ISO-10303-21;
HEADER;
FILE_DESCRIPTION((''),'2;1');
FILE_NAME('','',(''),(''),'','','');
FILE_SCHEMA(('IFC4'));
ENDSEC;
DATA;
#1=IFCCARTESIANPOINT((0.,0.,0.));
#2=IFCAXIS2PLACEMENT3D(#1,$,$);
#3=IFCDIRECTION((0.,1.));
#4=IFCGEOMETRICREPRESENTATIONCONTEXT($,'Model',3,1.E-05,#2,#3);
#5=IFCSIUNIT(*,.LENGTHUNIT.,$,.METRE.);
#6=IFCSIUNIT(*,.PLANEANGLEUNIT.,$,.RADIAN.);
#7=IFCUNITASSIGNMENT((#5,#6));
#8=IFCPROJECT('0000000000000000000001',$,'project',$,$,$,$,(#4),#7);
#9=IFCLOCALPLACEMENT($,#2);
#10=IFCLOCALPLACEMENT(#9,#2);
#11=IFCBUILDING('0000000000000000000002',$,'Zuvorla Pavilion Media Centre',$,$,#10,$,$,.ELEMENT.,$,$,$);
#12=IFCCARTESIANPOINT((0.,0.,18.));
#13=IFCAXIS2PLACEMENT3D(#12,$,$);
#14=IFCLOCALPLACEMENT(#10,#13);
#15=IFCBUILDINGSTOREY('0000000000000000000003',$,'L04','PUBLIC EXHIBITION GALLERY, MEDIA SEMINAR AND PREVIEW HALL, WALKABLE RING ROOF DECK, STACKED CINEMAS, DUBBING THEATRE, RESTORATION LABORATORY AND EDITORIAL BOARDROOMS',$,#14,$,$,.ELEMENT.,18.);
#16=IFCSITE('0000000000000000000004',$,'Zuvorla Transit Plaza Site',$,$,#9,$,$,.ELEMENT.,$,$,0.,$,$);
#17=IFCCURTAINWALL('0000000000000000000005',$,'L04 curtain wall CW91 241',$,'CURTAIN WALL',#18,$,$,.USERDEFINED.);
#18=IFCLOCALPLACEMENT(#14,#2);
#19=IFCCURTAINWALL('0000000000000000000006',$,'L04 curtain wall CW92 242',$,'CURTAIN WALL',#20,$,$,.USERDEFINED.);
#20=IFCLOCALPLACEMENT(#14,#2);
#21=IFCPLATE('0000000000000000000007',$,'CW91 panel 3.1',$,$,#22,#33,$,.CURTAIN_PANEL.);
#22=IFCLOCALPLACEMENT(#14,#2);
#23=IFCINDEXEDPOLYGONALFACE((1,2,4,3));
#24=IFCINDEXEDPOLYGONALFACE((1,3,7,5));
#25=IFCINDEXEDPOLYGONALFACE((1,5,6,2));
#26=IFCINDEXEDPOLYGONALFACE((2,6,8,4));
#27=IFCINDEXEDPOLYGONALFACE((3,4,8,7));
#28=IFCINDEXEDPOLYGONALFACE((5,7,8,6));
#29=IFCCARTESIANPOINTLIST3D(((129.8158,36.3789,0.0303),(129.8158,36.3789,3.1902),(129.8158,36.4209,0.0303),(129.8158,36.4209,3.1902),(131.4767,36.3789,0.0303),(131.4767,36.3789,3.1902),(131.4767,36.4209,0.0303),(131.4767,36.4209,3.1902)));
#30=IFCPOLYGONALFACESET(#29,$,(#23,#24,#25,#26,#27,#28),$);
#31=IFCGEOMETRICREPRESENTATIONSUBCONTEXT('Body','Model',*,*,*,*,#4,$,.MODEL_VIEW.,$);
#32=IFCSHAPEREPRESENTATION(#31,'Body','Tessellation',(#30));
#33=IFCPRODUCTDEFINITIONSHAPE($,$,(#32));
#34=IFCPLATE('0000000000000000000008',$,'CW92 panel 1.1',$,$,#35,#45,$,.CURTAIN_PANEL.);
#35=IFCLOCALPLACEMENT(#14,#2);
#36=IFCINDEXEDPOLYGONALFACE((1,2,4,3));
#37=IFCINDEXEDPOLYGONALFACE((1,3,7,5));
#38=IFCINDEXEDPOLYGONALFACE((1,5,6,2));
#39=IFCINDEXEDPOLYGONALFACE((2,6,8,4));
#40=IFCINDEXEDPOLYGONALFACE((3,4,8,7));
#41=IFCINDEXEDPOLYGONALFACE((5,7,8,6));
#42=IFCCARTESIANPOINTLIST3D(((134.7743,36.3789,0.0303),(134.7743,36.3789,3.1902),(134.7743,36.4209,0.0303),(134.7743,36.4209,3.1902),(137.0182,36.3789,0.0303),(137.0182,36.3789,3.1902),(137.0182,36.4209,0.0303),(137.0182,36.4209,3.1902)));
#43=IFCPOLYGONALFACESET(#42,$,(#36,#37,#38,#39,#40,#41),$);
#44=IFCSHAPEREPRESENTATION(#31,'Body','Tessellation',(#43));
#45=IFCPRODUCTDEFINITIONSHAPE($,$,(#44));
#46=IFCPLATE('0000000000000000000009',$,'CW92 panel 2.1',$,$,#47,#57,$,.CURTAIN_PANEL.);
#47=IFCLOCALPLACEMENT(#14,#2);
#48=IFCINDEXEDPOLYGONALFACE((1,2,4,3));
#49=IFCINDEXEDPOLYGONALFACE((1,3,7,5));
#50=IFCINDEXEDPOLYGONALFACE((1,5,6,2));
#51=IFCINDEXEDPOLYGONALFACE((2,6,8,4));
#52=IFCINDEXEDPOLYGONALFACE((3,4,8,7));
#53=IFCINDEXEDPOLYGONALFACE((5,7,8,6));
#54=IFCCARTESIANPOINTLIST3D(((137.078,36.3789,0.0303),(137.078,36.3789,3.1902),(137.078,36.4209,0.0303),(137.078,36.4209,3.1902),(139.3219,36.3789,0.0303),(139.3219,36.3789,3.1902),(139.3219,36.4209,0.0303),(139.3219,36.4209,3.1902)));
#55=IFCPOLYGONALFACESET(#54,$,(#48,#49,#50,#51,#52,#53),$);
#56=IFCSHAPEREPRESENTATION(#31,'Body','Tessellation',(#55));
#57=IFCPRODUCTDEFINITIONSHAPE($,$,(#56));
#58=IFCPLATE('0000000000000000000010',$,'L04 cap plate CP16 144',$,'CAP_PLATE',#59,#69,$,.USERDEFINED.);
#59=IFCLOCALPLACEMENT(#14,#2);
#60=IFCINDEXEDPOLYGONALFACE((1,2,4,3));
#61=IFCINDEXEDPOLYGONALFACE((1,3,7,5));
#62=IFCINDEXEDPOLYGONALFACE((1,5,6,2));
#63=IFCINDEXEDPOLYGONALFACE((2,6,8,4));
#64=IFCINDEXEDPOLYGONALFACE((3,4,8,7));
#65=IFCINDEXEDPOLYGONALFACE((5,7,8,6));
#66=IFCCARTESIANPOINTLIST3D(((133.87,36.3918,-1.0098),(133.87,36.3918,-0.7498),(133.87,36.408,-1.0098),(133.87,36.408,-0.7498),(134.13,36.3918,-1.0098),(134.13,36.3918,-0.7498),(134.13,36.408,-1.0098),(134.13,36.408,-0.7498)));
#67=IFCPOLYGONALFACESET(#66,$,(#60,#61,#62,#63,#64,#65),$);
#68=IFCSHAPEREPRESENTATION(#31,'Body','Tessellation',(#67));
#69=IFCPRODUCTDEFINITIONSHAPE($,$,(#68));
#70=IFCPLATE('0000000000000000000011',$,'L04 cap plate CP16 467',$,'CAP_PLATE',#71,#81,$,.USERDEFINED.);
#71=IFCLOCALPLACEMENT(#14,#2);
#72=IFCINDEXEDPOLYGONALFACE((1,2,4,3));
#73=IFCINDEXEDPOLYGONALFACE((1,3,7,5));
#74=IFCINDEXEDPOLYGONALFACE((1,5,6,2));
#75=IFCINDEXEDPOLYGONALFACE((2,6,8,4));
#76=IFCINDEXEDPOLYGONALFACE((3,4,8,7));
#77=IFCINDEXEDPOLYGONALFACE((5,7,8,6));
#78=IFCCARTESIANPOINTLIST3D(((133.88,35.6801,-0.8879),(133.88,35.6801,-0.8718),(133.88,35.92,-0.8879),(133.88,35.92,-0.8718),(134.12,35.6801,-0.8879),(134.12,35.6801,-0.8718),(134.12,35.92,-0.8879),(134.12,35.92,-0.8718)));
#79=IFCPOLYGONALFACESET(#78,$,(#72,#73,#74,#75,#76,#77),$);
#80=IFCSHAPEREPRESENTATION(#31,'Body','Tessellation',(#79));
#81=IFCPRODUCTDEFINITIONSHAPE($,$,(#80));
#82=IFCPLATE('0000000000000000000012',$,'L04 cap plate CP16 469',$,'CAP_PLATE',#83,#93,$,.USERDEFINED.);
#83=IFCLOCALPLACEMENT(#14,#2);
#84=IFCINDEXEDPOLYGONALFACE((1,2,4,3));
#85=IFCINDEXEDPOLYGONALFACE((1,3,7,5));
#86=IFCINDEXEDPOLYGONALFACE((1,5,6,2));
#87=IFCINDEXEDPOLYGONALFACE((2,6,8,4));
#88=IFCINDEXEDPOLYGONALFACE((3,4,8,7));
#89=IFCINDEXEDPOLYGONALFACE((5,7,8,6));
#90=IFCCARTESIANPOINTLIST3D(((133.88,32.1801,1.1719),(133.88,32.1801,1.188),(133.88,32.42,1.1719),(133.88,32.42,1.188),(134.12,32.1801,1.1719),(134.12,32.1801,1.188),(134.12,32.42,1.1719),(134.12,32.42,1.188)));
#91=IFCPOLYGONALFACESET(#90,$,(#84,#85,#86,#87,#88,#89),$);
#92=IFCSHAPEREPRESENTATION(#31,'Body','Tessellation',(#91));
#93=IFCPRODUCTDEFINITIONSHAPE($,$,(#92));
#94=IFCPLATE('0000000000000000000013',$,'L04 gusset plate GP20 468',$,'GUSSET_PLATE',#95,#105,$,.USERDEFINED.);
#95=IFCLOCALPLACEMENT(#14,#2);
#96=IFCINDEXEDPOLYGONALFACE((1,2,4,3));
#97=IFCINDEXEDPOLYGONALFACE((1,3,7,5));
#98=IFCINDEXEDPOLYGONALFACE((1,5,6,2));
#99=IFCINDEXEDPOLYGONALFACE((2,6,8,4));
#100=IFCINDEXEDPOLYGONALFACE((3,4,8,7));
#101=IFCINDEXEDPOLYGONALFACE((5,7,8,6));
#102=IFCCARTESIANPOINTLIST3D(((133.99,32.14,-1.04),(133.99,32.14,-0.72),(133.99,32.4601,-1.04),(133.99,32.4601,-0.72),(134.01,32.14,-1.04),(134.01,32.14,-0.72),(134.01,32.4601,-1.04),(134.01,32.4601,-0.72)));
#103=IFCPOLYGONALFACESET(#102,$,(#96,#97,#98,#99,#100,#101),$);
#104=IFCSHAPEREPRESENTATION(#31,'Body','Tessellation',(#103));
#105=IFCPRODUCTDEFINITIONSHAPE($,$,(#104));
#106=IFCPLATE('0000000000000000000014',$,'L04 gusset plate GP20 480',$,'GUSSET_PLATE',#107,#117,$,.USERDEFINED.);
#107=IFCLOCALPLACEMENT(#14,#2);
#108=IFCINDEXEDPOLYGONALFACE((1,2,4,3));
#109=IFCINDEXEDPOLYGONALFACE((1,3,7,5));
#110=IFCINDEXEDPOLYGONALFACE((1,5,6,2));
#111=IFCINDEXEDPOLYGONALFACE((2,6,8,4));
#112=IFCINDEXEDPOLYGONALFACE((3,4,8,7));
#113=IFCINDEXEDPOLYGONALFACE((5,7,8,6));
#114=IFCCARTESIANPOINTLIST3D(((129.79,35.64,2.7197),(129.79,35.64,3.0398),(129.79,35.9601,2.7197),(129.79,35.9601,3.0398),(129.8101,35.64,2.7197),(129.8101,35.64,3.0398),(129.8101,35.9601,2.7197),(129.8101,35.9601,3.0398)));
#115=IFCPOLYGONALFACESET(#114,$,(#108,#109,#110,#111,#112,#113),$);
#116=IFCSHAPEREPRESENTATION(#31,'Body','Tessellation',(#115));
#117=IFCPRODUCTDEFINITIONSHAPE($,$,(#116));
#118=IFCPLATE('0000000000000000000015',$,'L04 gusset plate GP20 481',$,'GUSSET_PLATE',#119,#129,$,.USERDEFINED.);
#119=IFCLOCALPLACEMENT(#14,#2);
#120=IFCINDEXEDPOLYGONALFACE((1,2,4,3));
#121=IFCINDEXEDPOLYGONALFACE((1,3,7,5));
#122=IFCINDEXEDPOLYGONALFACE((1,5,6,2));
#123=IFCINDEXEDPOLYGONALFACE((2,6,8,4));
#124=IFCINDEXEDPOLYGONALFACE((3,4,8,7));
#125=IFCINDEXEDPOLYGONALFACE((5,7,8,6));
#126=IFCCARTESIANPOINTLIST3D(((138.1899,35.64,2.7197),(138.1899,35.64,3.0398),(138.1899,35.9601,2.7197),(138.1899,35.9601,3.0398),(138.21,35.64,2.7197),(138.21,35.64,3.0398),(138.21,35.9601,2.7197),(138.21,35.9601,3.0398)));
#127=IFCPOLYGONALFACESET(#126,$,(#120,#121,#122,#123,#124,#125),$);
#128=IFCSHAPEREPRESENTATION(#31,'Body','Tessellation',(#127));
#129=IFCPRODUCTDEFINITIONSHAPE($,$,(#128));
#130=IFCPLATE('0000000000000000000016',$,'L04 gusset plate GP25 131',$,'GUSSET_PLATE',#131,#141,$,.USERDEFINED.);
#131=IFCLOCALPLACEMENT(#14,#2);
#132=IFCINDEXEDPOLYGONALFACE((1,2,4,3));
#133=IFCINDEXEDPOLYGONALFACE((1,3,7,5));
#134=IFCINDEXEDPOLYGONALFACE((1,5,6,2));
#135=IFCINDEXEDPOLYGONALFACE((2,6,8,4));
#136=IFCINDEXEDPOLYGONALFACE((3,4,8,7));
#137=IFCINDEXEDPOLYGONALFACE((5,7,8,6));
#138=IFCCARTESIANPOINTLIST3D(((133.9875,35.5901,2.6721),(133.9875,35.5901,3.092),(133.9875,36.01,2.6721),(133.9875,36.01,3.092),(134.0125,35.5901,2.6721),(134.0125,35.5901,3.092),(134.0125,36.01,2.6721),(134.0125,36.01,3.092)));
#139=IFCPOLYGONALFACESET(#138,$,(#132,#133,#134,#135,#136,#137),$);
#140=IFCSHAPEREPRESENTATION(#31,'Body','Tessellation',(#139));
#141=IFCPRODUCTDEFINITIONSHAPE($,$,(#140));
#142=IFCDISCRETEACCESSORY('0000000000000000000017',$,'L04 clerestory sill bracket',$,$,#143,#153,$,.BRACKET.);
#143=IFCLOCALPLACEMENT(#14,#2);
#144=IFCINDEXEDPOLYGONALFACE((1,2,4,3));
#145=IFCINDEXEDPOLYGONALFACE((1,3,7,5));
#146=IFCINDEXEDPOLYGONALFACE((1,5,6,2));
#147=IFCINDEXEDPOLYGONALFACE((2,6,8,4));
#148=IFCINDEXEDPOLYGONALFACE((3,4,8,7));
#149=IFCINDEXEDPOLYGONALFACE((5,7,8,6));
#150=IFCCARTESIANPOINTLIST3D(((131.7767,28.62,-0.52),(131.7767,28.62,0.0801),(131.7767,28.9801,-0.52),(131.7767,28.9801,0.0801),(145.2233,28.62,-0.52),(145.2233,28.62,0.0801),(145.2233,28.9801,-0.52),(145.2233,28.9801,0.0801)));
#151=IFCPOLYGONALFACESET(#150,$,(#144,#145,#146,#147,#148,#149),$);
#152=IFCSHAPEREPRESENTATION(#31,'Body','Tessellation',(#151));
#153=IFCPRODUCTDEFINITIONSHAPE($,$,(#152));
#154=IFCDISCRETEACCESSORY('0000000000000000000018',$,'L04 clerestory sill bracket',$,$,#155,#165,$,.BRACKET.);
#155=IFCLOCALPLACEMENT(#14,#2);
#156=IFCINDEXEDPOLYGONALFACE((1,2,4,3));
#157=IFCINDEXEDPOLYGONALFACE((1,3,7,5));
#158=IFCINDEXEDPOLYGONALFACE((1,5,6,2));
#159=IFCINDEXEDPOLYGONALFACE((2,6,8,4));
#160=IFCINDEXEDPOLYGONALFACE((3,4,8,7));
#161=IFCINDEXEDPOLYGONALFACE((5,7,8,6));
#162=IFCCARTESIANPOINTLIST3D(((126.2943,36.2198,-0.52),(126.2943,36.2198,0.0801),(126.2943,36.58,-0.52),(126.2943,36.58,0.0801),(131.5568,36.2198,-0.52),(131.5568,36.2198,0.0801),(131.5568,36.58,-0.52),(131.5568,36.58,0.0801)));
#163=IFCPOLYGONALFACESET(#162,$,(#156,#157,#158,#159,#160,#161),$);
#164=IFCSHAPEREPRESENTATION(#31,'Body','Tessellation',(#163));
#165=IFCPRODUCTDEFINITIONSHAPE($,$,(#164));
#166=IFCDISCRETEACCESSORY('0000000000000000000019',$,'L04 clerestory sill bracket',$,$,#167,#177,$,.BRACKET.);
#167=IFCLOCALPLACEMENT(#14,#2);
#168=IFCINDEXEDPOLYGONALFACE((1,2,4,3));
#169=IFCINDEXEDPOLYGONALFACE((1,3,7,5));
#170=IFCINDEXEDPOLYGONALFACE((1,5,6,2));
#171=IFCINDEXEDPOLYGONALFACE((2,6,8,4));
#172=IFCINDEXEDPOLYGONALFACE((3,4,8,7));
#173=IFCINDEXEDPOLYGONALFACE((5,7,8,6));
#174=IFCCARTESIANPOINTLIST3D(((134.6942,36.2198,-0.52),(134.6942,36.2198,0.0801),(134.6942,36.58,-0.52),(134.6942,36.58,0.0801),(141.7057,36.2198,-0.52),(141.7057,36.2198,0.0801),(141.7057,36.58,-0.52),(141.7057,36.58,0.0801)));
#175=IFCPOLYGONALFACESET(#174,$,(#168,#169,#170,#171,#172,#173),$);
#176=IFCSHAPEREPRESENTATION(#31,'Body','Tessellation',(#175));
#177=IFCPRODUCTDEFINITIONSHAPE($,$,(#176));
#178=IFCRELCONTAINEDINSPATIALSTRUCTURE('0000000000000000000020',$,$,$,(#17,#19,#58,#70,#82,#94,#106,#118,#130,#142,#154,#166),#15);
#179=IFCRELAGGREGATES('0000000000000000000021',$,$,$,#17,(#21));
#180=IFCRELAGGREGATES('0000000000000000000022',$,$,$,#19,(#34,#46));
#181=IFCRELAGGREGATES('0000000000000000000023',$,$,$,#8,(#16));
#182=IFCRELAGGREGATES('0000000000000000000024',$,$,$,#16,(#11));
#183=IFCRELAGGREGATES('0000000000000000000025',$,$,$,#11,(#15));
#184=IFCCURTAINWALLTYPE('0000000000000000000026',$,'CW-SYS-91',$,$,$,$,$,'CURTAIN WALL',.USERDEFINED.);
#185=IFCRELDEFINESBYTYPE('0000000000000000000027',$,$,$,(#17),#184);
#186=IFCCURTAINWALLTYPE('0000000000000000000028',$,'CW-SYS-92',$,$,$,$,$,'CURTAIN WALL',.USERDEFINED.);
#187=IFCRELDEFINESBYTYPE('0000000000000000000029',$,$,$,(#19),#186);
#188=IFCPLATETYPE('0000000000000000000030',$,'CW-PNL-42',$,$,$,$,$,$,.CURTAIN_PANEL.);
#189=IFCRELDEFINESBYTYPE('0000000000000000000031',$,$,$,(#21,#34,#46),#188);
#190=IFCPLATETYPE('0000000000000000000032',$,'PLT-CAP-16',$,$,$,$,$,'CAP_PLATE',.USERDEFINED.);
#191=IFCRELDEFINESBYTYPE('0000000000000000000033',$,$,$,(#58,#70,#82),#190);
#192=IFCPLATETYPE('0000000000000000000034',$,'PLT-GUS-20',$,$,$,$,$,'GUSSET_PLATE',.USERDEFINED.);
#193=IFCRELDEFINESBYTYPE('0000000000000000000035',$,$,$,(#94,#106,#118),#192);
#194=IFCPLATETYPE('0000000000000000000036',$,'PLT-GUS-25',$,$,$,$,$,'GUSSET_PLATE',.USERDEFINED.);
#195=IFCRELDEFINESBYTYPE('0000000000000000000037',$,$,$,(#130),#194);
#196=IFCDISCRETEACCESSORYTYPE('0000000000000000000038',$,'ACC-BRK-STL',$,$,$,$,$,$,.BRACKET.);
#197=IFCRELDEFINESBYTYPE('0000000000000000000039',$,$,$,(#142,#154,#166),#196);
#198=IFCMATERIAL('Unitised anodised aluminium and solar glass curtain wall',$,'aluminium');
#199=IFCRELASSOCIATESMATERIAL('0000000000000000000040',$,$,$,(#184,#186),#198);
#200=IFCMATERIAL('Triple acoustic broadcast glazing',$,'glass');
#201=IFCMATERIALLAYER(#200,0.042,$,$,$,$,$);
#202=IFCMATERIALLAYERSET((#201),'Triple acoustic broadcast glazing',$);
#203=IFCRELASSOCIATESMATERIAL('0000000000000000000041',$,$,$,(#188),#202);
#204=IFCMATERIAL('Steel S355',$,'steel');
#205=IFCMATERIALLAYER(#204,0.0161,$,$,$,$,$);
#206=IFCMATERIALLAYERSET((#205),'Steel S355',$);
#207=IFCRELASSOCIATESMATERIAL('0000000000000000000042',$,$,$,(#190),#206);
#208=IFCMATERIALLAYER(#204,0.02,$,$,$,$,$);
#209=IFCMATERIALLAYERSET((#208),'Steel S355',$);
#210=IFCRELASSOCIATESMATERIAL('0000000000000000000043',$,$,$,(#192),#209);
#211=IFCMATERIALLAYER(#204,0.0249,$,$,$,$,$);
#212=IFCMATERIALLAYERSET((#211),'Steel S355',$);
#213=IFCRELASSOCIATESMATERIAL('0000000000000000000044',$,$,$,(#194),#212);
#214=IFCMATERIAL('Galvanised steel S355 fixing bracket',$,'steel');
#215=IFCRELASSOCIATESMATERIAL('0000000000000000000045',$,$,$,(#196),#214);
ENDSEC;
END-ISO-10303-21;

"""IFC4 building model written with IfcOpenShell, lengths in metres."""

from ifc_helpers import new_model, si_unit, direction, frame, origin, origin_2d, place, context, subcontext, project, spatial, rectangle, extrude, material, layer, layer_set, type_object, element, aggregate, save


model = new_model("IFC4")

# Units and contexts
model_context = context("Model", 3, precision=1e-05, world=origin(), true_north=direction((0.0, 1.0)))
body_context = subcontext(model_context, "Body", "Model", "MODEL_VIEW")
ifc_project = project(units=[si_unit("LENGTHUNIT", "METRE"), si_unit("PLANEANGLEUNIT", "RADIAN")], contexts=[model_context])

# Site, building, storey
site_placement = place(None, origin())
site = spatial("IfcSite", under=ifc_project, at=site_placement, Name="Zuvorla Transit Plaza Site", CompositionType="ELEMENT", RefElevation=0.0)
building_placement = place(site_placement, origin())
building = spatial("IfcBuilding", under=site, at=building_placement, Name="Zuvorla Pavilion Media Centre", CompositionType="ELEMENT")
storey_placement = place(building_placement, frame((0.0, 0.0, 18.0)))
storey = spatial("IfcBuildingStorey", under=building, at=storey_placement, Name="L04", Description="PUBLIC EXHIBITION GALLERY, MEDIA SEMINAR AND PREVIEW HALL, WALKABLE RING ROOF DECK, STACKED CINEMAS, DUBBING THEATRE, RESTORATION LABORATORY AND EDITORIAL BOARDROOMS", CompositionType="ELEMENT", Elevation=18.0)

# Curtain walls
ifc_material_1 = material(Name="Unitised anodised aluminium and solar glass curtain wall", Category="aluminium")
curtain_wall_type_1 = type_object("IfcCurtainWallType", Name="CW-SYS-91", ElementType="CURTAIN WALL", PredefinedType="USERDEFINED", material=ifc_material_1)
curtain_wall_1_placement = place(storey_placement, origin())
curtain_wall_1 = element("IfcCurtainWall", 1, at=curtain_wall_1_placement, inside=storey, type_object=curtain_wall_type_1, Name="L04 curtain wall CW91 241", ObjectType="CURTAIN WALL", PredefinedType="USERDEFINED")
curtain_wall_type_2 = type_object("IfcCurtainWallType", Name="CW-SYS-92", ElementType="CURTAIN WALL", PredefinedType="USERDEFINED", material=ifc_material_1)
curtain_wall_2_placement = place(storey_placement, origin())
curtain_wall_2 = element("IfcCurtainWall", 2, at=curtain_wall_2_placement, inside=storey, type_object=curtain_wall_type_2, Name="L04 curtain wall CW92 242", ObjectType="CURTAIN WALL", PredefinedType="USERDEFINED")

# Shared definitions
ifc_material_2 = material(Name="Steel S355", Category="steel")

# Shared definitions
ifc_material_3 = material(Name="Triple acoustic broadcast glazing", Category="glass")
ifc_layer_1 = layer(ifc_material_3, 0.042)
ifc_layer_set_1 = layer_set([ifc_layer_1], Name="Triple acoustic broadcast glazing")
plate_type_1 = type_object("IfcPlateType", Name="CW-PNL-42", PredefinedType="CURTAIN_PANEL", material=ifc_layer_set_1)

# Plates
plate_1_placement = place(storey_placement, frame((130.6462, 36.3999, 0.0303), z_axis=(0.0, 0.0, 1.0), x_axis=(1.0, 0.0, 0.0)))
plate_1 = element("IfcPlate", 3, at=plate_1_placement, type_object=plate_type_1, Name="CW91 panel 3.1", PredefinedType="CURTAIN_PANEL", context=body_context, shape_type="SweptSolid", body=[
    extrude(rectangle(XDim=1.6609, YDim=0.042, at=origin_2d()), origin(), (0.0, 0.0, 1.0), 3.1599),
])
aggregate(curtain_wall_1, [plate_1])
plate_2_placement = place(storey_placement, frame((135.8962, 36.3999, 0.0303), z_axis=(0.0, 0.0, 1.0), x_axis=(1.0, 0.0, 0.0)))
plate_2 = element("IfcPlate", 4, at=plate_2_placement, type_object=plate_type_1, Name="CW92 panel 1.1", PredefinedType="CURTAIN_PANEL", context=body_context, shape_type="SweptSolid", body=[
    extrude(rectangle(XDim=2.2439, YDim=0.042, at=origin_2d()), origin(), (0.0, 0.0, 1.0), 3.1599),
])
plate_3_placement = place(storey_placement, frame((138.2, 36.3999, 0.0303), z_axis=(0.0, 0.0, 1.0), x_axis=(1.0, 0.0, 0.0)))
plate_3 = element("IfcPlate", 5, at=plate_3_placement, type_object=plate_type_1, Name="CW92 panel 2.1", PredefinedType="CURTAIN_PANEL", context=body_context, shape_type="SweptSolid", body=[
    extrude(rectangle(XDim=2.2439, YDim=0.042, at=origin_2d()), origin(), (0.0, 0.0, 1.0), 3.1599),
])
aggregate(curtain_wall_2, [plate_2, plate_3])

# Plates
ifc_layer_2 = layer(ifc_material_2, 0.0161)
ifc_layer_set_2 = layer_set([ifc_layer_2], Name="Steel S355")
plate_type_2 = type_object("IfcPlateType", Name="PLT-CAP-16", ElementType="CAP_PLATE", PredefinedType="USERDEFINED", material=ifc_layer_set_2)
plate_4_placement = place(storey_placement, frame((134.0, 36.3999, -1.0098), z_axis=(0.0, 0.0, 1.0), x_axis=(1.0, 0.0, 0.0)))
element("IfcPlate", 6, at=plate_4_placement, inside=storey, type_object=plate_type_2, Name="L04 cap plate CP16 144", ObjectType="CAP_PLATE", PredefinedType="USERDEFINED", context=body_context, shape_type="SweptSolid", body=[
    extrude(rectangle(XDim=0.26, YDim=0.0161, at=origin_2d()), origin(), (0.0, 0.0, 1.0), 0.26),
])
for number, where, z_axis, x_axis, name in (
    (7, (134.0, 35.8, -0.8879), (0.0, 0.0, 1.0), (1.0, 0.0, 0.0), "L04 cap plate CP16 467"),
    (8, (134.0, 32.3, 1.1719), (0.0, 0.0, 1.0), (1.0, 0.0, 0.0), "L04 cap plate CP16 469"),
):
    element("IfcPlate", number, at=place(storey_placement, frame(where, z_axis=z_axis, x_axis=x_axis)), inside=storey, type_object=plate_type_2, Name=name, ObjectType="CAP_PLATE", PredefinedType="USERDEFINED", context=body_context, shape_type="SweptSolid", body=[
        extrude(rectangle(XDim=0.24, YDim=0.24, at=origin_2d()), origin(), (0.0, 0.0, 1.0), 0.0161),
    ])
ifc_layer_3 = layer(ifc_material_2, 0.02)
ifc_layer_set_3 = layer_set([ifc_layer_3], Name="Steel S355")
plate_type_3 = type_object("IfcPlateType", Name="PLT-GUS-20", ElementType="GUSSET_PLATE", PredefinedType="USERDEFINED", material=ifc_layer_set_3)
for number, where, z_axis, x_axis, name in (
    (9, (134.0, 32.3, -1.04), (0.0, 0.0, 1.0), (1.0, 0.0, 0.0), "L04 gusset plate GP20 468"),
    (10, (129.8, 35.8, 2.7197), (0.0, 0.0, 1.0), (1.0, 0.0, 0.0), "L04 gusset plate GP20 480"),
    (11, (138.2, 35.8, 2.7197), (0.0, 0.0, 1.0), (1.0, 0.0, 0.0), "L04 gusset plate GP20 481"),
):
    element("IfcPlate", number, at=place(storey_placement, frame(where, z_axis=z_axis, x_axis=x_axis)), inside=storey, type_object=plate_type_3, Name=name, ObjectType="GUSSET_PLATE", PredefinedType="USERDEFINED", context=body_context, shape_type="SweptSolid", body=[
        extrude(rectangle(XDim=0.02, YDim=0.3201, at=origin_2d()), origin(), (0.0, 0.0, 1.0), 0.3201),
    ])
ifc_layer_4 = layer(ifc_material_2, 0.0249)
ifc_layer_set_4 = layer_set([ifc_layer_4], Name="Steel S355")
plate_type_4 = type_object("IfcPlateType", Name="PLT-GUS-25", ElementType="GUSSET_PLATE", PredefinedType="USERDEFINED", material=ifc_layer_set_4)
plate_5_placement = place(storey_placement, frame((134.0, 35.8, 2.6721), z_axis=(0.0, 0.0, 1.0), x_axis=(1.0, 0.0, 0.0)))
element("IfcPlate", 12, at=plate_5_placement, inside=storey, type_object=plate_type_4, Name="L04 gusset plate GP25 131", ObjectType="GUSSET_PLATE", PredefinedType="USERDEFINED", context=body_context, shape_type="SweptSolid", body=[
    extrude(rectangle(XDim=0.0249, YDim=0.4199, at=origin_2d()), origin(), (0.0, 0.0, 1.0), 0.4199),
])

# Discrete accessories
ifc_material_4 = material(Name="Galvanised steel S355 fixing bracket", Category="steel")
discrete_accessory_type = type_object("IfcDiscreteAccessoryType", Name="ACC-BRK-STL", PredefinedType="BRACKET", material=ifc_material_4)
discrete_accessory_1_placement = place(storey_placement, frame((138.5, 28.8, -0.52), z_axis=(0.0, 0.0, 1.0), x_axis=(1.0, 0.0, 0.0)))
element("IfcDiscreteAccessory", 13, at=discrete_accessory_1_placement, inside=storey, type_object=discrete_accessory_type, Name="L04 clerestory sill bracket", PredefinedType="BRACKET", context=body_context, shape_type="SweptSolid", body=[
    extrude(rectangle(XDim=13.4465, YDim=0.3601, at=origin_2d()), origin(), (0.0, 0.0, 1.0), 0.6001),
])
discrete_accessory_2_placement = place(storey_placement, frame((128.9255, 36.3999, -0.52), z_axis=(0.0, 0.0, 1.0), x_axis=(1.0, 0.0, 0.0)))
element("IfcDiscreteAccessory", 14, at=discrete_accessory_2_placement, inside=storey, type_object=discrete_accessory_type, Name="L04 clerestory sill bracket", PredefinedType="BRACKET", context=body_context, shape_type="SweptSolid", body=[
    extrude(rectangle(XDim=5.2625, YDim=0.3601, at=origin_2d()), origin(), (0.0, 0.0, 1.0), 0.6001),
])
discrete_accessory_3_placement = place(storey_placement, frame((138.2, 36.3999, -0.52), z_axis=(0.0, 0.0, 1.0), x_axis=(1.0, 0.0, 0.0)))
element("IfcDiscreteAccessory", 15, at=discrete_accessory_3_placement, inside=storey, type_object=discrete_accessory_type, Name="L04 clerestory sill bracket", PredefinedType="BRACKET", context=body_context, shape_type="SweptSolid", body=[
    extrude(rectangle(XDim=7.0115, YDim=0.3601, at=origin_2d()), origin(), (0.0, 0.0, 1.0), 0.6001),
])

save(model, "model.ifc")
